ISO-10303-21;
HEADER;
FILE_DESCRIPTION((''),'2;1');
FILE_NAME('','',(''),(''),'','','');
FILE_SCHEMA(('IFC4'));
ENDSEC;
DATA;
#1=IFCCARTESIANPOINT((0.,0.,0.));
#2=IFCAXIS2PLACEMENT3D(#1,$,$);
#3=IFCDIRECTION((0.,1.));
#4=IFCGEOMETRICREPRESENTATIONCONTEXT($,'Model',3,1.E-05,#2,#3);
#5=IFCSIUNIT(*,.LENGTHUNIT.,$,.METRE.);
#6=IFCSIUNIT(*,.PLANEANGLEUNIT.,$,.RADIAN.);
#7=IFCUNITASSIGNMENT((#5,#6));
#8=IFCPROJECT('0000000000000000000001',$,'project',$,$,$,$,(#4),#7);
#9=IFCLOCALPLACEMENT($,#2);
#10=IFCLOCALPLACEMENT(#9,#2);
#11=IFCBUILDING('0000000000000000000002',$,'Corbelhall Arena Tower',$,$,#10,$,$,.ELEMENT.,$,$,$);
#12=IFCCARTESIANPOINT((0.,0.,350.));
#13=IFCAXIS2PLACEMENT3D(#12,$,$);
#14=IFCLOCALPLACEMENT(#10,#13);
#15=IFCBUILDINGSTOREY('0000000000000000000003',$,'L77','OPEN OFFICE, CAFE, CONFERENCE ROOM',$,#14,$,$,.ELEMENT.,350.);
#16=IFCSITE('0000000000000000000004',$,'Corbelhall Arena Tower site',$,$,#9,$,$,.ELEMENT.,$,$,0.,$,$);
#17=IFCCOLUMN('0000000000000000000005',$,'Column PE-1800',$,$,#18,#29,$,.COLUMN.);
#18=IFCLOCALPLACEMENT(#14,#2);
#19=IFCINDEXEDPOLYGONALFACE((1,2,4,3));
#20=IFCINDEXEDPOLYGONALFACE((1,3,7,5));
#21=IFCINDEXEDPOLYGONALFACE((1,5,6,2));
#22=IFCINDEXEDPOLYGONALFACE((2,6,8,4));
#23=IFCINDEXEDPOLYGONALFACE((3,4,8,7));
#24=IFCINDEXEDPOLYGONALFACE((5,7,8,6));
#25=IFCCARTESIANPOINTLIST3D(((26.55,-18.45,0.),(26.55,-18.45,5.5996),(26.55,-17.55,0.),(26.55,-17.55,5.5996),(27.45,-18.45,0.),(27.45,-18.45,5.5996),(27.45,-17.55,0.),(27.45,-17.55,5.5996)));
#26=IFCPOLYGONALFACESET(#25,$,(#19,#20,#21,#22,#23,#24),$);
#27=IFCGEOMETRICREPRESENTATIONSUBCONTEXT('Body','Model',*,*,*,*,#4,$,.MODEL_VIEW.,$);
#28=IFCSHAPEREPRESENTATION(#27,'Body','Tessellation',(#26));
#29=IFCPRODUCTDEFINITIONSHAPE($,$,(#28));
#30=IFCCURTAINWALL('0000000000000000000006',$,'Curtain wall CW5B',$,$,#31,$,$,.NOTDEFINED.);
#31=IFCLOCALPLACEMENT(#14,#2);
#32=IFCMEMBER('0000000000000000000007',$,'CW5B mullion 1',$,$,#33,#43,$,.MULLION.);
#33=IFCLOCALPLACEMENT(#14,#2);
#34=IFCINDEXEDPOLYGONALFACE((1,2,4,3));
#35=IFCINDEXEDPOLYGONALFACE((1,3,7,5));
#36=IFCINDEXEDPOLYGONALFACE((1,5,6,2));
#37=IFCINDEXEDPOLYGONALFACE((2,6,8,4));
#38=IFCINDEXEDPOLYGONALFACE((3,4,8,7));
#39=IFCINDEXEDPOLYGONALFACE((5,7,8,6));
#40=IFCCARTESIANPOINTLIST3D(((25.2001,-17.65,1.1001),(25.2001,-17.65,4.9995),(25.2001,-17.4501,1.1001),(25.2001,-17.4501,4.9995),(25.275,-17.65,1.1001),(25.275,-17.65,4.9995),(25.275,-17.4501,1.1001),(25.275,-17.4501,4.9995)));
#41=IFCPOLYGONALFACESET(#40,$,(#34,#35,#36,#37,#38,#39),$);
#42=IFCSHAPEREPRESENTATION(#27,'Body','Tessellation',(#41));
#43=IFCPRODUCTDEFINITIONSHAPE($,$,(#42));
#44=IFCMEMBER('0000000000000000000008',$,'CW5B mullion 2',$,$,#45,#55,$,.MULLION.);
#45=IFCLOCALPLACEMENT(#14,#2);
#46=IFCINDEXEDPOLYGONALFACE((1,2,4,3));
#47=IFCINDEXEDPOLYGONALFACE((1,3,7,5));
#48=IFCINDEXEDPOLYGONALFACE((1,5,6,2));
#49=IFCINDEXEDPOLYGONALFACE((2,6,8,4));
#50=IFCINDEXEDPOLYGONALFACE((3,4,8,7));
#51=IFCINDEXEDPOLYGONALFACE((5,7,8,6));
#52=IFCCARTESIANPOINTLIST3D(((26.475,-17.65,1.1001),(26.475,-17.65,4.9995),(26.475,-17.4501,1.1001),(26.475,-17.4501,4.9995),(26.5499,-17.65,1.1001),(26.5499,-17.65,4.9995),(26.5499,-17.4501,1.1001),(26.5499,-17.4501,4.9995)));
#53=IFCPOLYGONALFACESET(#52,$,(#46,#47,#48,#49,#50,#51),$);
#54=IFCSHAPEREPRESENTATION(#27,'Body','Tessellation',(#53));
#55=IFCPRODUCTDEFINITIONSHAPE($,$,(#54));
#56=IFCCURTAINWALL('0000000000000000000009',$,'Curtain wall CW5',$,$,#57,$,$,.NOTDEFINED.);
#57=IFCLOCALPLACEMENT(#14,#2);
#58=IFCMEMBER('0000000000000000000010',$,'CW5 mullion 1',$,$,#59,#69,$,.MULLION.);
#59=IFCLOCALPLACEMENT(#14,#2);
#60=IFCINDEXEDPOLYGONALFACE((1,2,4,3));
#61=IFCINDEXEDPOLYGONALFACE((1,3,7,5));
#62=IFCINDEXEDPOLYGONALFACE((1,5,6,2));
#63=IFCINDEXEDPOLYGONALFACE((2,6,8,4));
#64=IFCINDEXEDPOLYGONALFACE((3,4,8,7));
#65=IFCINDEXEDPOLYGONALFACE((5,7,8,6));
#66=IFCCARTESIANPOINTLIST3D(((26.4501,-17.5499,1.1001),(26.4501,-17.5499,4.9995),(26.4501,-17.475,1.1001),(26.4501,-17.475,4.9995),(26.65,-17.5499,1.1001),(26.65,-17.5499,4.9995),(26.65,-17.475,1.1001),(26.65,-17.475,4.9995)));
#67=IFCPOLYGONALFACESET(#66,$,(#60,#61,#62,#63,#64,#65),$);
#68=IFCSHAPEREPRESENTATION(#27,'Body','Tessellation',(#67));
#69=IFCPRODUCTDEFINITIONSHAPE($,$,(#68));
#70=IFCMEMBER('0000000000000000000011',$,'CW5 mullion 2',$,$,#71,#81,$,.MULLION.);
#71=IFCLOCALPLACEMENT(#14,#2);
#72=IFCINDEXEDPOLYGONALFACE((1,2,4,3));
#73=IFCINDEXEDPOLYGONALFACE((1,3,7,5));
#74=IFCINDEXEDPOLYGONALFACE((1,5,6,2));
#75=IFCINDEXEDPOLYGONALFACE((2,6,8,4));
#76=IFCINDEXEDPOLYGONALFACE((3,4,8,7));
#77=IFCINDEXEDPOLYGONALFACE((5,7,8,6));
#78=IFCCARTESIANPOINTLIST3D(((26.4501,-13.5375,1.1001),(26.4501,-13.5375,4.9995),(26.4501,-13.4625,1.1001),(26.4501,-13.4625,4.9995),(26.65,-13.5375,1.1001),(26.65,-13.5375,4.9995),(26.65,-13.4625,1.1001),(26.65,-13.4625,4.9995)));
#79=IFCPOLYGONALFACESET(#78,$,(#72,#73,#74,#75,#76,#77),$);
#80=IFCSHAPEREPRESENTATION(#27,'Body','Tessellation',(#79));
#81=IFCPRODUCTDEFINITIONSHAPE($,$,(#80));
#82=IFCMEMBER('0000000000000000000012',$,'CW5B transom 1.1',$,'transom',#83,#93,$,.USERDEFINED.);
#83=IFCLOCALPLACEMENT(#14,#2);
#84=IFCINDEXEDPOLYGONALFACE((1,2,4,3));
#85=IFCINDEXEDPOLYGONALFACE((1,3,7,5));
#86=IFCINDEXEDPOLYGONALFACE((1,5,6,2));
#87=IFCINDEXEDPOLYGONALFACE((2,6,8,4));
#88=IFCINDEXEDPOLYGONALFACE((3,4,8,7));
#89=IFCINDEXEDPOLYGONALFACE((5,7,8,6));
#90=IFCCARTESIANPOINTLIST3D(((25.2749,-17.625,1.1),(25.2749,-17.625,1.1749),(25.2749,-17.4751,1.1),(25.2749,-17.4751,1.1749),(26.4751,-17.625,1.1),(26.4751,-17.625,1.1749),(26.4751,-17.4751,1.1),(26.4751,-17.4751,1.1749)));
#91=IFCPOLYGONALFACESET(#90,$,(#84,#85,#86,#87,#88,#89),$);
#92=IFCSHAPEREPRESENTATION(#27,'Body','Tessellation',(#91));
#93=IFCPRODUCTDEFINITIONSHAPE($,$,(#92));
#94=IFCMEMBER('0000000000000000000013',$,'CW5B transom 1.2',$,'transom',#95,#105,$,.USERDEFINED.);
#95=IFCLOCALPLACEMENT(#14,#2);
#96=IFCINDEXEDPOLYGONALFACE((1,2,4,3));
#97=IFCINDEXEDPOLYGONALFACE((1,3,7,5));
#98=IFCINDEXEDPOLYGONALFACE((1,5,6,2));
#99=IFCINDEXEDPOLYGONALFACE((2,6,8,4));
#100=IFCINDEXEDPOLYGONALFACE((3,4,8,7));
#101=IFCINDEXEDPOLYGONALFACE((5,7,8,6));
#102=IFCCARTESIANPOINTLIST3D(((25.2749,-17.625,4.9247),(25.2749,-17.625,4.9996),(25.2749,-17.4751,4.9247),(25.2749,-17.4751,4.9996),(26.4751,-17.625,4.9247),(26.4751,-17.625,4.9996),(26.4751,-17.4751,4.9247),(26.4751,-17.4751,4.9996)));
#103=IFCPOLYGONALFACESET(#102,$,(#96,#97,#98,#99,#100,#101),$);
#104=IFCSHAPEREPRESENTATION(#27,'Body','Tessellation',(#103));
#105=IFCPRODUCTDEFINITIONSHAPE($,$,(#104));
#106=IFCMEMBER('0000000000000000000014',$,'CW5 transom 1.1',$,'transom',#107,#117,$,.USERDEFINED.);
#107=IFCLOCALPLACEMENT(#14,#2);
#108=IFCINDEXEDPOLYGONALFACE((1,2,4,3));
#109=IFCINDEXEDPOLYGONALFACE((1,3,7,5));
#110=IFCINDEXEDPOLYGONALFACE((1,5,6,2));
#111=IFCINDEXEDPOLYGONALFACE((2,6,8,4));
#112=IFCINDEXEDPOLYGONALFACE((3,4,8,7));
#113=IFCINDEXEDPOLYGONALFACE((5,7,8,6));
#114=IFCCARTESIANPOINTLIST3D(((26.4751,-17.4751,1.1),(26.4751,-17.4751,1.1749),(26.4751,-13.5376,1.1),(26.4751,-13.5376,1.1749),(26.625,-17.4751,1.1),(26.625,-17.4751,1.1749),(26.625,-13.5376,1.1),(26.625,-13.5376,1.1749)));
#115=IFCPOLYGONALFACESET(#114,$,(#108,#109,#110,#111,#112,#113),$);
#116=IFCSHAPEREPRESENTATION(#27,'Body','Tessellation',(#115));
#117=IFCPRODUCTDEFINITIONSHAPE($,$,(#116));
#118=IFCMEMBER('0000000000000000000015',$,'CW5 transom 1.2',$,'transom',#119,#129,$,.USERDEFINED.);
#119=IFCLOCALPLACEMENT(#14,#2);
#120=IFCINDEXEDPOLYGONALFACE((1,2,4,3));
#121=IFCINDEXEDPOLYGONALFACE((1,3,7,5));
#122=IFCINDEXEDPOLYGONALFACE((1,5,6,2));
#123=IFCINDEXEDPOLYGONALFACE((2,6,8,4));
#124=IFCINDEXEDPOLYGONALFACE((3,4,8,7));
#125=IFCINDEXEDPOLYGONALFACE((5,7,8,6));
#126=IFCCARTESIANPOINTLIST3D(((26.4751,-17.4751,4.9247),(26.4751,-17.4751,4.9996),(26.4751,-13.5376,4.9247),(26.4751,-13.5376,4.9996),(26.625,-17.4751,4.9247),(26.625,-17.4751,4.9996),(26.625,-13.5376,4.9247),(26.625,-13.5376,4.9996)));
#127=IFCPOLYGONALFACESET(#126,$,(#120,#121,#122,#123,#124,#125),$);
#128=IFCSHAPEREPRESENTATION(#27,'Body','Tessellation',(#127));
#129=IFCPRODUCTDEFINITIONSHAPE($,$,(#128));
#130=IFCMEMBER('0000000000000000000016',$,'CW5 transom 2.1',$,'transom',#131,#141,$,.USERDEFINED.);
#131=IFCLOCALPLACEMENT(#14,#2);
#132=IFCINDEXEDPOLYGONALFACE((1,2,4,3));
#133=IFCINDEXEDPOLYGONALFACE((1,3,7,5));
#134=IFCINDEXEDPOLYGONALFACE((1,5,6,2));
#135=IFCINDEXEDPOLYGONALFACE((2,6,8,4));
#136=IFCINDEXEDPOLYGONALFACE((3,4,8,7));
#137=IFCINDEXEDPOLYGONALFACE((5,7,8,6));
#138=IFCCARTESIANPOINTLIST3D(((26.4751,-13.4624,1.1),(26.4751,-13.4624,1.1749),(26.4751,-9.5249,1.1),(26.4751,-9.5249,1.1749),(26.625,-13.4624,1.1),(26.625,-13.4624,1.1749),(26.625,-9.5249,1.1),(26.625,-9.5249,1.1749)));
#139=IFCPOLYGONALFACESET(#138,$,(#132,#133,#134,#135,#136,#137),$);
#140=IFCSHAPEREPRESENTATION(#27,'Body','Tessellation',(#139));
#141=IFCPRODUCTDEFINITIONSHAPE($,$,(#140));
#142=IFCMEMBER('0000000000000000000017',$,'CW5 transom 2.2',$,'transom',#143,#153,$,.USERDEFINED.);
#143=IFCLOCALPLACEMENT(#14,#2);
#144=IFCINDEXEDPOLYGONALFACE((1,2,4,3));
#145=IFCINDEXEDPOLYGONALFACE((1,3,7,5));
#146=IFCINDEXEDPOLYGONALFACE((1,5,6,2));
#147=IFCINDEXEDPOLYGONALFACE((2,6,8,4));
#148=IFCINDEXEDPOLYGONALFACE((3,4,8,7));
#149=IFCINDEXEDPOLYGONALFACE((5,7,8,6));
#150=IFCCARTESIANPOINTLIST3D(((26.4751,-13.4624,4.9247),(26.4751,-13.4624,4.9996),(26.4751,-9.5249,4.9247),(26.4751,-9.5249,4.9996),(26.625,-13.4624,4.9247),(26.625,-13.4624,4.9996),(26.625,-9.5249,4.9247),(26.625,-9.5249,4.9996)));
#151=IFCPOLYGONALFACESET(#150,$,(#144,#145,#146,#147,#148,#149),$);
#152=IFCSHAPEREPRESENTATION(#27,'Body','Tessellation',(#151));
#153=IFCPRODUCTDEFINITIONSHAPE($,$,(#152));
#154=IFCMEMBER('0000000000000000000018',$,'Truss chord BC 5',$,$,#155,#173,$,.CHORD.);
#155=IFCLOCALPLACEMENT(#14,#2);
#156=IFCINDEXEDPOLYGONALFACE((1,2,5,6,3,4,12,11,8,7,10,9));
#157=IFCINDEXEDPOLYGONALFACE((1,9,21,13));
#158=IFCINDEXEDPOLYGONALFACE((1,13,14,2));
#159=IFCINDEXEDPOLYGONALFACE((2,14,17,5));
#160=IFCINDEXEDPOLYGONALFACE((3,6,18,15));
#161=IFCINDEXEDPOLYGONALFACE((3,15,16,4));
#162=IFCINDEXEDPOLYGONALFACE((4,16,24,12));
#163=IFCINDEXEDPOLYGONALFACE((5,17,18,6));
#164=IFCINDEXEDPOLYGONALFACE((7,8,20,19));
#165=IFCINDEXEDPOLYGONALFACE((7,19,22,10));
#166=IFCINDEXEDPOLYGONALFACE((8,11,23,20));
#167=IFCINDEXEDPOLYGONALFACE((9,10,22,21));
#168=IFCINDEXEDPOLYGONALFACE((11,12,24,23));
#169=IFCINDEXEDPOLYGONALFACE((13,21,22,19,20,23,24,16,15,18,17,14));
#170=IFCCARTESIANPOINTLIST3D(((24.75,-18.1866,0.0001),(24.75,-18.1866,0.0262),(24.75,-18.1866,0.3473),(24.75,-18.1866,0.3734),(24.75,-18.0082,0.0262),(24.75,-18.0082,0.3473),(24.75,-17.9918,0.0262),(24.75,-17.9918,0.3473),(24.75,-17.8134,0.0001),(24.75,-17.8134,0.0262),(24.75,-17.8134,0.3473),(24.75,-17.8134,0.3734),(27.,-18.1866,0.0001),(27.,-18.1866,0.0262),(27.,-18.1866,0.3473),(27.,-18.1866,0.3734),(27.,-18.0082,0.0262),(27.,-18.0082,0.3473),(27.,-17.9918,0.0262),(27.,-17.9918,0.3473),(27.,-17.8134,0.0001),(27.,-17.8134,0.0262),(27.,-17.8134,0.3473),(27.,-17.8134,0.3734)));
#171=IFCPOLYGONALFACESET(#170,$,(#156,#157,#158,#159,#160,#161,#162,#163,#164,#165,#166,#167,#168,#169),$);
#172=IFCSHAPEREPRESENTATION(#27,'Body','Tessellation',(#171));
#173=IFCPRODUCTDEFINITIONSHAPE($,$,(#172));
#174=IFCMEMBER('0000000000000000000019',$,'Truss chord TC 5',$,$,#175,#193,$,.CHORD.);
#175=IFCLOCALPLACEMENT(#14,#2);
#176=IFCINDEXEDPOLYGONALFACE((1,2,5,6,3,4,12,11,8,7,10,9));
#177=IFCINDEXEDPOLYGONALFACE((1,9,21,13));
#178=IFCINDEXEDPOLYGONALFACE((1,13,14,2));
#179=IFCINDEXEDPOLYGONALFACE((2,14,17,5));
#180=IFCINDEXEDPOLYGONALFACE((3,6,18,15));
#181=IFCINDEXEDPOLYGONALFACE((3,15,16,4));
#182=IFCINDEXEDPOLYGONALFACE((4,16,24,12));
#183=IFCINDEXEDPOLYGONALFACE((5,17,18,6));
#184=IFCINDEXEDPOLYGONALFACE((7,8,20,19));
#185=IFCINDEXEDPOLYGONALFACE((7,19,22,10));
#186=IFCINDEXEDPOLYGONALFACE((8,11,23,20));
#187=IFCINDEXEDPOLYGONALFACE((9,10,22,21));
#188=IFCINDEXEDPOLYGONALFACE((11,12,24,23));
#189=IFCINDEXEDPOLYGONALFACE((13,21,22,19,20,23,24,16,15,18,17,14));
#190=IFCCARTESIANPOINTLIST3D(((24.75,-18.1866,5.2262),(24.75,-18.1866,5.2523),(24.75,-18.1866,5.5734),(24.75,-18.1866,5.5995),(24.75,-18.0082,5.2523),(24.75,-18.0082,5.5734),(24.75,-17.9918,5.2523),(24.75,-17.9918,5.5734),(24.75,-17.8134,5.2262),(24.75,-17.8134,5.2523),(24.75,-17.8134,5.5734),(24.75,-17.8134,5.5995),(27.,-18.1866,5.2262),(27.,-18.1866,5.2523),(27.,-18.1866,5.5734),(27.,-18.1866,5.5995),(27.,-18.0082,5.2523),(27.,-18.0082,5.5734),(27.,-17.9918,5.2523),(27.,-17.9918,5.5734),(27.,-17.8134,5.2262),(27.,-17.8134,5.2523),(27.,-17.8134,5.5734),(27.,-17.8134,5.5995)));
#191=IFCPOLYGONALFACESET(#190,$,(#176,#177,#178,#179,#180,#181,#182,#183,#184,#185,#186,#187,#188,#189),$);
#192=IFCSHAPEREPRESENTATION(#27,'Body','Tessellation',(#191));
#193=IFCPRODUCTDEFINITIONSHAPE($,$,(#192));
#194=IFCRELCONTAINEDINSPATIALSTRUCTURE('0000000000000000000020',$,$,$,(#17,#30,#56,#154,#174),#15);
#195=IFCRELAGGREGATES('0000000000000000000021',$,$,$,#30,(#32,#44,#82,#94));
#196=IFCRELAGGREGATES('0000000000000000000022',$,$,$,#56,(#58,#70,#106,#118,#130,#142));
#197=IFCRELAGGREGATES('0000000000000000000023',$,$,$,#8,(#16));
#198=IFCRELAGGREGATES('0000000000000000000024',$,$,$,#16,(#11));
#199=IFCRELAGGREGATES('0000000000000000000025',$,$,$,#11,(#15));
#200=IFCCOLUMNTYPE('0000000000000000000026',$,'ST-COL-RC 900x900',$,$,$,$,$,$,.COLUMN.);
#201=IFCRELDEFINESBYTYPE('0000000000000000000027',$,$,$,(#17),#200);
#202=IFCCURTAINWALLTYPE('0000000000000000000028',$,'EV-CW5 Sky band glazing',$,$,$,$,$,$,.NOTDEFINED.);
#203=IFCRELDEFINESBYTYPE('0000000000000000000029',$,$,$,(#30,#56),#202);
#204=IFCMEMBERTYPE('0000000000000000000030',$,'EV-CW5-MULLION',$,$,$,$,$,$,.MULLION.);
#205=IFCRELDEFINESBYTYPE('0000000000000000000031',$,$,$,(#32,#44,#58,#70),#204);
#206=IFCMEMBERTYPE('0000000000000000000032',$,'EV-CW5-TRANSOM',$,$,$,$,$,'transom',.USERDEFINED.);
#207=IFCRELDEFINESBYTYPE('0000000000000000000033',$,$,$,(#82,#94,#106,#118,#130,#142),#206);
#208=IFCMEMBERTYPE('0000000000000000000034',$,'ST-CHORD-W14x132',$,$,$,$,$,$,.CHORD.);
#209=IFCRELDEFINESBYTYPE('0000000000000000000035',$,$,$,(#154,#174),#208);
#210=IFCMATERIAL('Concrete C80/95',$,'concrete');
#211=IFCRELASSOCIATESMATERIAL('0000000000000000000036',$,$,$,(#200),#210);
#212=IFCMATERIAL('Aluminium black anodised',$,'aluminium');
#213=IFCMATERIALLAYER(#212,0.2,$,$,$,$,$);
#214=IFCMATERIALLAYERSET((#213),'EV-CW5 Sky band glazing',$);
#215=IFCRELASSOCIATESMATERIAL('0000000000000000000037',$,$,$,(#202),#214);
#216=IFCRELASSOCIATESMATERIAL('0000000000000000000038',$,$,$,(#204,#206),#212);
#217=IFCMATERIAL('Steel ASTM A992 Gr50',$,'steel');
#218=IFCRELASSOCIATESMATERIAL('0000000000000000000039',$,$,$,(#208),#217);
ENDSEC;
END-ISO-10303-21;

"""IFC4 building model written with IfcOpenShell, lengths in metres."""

from ifc_helpers import new_model, si_unit, direction, frame, origin, origin_2d, place, context, subcontext, project, spatial, rectangle, i_section, extrude, material, layer, layer_set, material_profile, profile_set, type_object, element, aggregate, save


model = new_model("IFC4")

# Units and contexts
model_context = context("Model", 3, precision=1e-05, world=origin(), true_north=direction((0.0, 1.0)))
body_context = subcontext(model_context, "Body", "Model", "MODEL_VIEW")
ifc_project = project(units=[si_unit("LENGTHUNIT", "METRE"), si_unit("PLANEANGLEUNIT", "RADIAN")], contexts=[model_context])

# Site, building, storey
site_placement = place(None, origin())
site = spatial("IfcSite", under=ifc_project, at=site_placement, Name="Corbelhall Arena Tower site", CompositionType="ELEMENT", RefElevation=0.0)
building_placement = place(site_placement, origin())
building = spatial("IfcBuilding", under=site, at=building_placement, Name="Corbelhall Arena Tower", CompositionType="ELEMENT")
storey_placement = place(building_placement, frame((0.0, 0.0, 350.0)))
storey = spatial("IfcBuildingStorey", under=building, at=storey_placement, Name="L77", Description="OPEN OFFICE, CAFE, CONFERENCE ROOM", CompositionType="ELEMENT", Elevation=350.0)

# Column
ifc_material_1 = material(Name="Concrete C80/95", Category="concrete")
ifc_material_profile_1 = material_profile(ifc_material_1, rectangle(XDim=0.8999, YDim=0.8999, at=origin_2d()))
ifc_profile_set_1 = profile_set([ifc_material_profile_1], Name="Concrete C80/95")
column_type = type_object("IfcColumnType", Name="ST-COL-RC 900x900", PredefinedType="COLUMN", material=ifc_profile_set_1)
column_placement = place(storey_placement, frame((27.0, -18.0, 0.0), z_axis=(0.0, 0.0, 1.0), x_axis=(0.0, 1.0, 0.0)))
element("IfcColumn", 1, at=column_placement, inside=storey, type_object=column_type, Name="Column PE-1800", PredefinedType="COLUMN", context=body_context, shape_type="SweptSolid", body=[
    extrude(rectangle(XDim=0.8999, YDim=0.8999, at=origin_2d()), origin(), (0.0, 0.0, 1.0), 5.5996),
])

# Curtain walls, members
ifc_material_2 = material(Name="Aluminium black anodised", Category="aluminium")
ifc_layer_1 = layer(ifc_material_2, 0.2)
ifc_layer_set_1 = layer_set([ifc_layer_1], Name="EV-CW5 Sky band glazing")
curtain_wall_type = type_object("IfcCurtainWallType", Name="EV-CW5 Sky band glazing", PredefinedType="NOTDEFINED", material=ifc_layer_set_1)
curtain_wall_1_placement = place(storey_placement, origin())
curtain_wall_1 = element("IfcCurtainWall", 2, at=curtain_wall_1_placement, inside=storey, type_object=curtain_wall_type, Name="Curtain wall CW5B", PredefinedType="NOTDEFINED")
ifc_material_profile_2 = material_profile(ifc_material_2, rectangle(XDim=0.2, YDim=0.075, at=origin_2d()))
ifc_profile_set_2 = profile_set([ifc_material_profile_2], Name="Aluminium black anodised")
member_type_1 = type_object("IfcMemberType", Name="EV-CW5-MULLION", PredefinedType="MULLION", material=ifc_profile_set_2)
member_1_placement = place(storey_placement, frame((25.2375, -17.55, 1.1001), z_axis=(0.0, 0.0, 1.0), x_axis=(0.0, 1.0, 0.0)))
member_1 = element("IfcMember", 3, at=member_1_placement, type_object=member_type_1, Name="CW5B mullion 1", PredefinedType="MULLION", context=body_context, shape_type="SweptSolid", body=[
    extrude(rectangle(XDim=0.2, YDim=0.075, at=origin_2d()), origin(), (0.0, 0.0, 1.0), 3.8994),
])
member_2_placement = place(storey_placement, frame((26.5125, -17.55, 1.1001), z_axis=(0.0, 0.0, 1.0), x_axis=(0.0, 1.0, 0.0)))
member_2 = element("IfcMember", 4, at=member_2_placement, type_object=member_type_1, Name="CW5B mullion 2", PredefinedType="MULLION", context=body_context, shape_type="SweptSolid", body=[
    extrude(rectangle(XDim=0.2, YDim=0.075, at=origin_2d()), origin(), (0.0, 0.0, 1.0), 3.8994),
])
curtain_wall_2_placement = place(storey_placement, origin())
curtain_wall_2 = element("IfcCurtainWall", 5, at=curtain_wall_2_placement, inside=storey, type_object=curtain_wall_type, Name="Curtain wall CW5", PredefinedType="NOTDEFINED")
member_3_placement = place(storey_placement, frame((26.55, -17.5125, 1.1001), z_axis=(0.0, 0.0, 1.0), x_axis=(-1.0, 0.0, 0.0)))
member_3 = element("IfcMember", 6, at=member_3_placement, type_object=member_type_1, Name="CW5 mullion 1", PredefinedType="MULLION", context=body_context, shape_type="SweptSolid", body=[
    extrude(rectangle(XDim=0.2, YDim=0.075, at=origin_2d()), origin(), (0.0, 0.0, 1.0), 3.8994),
])
member_4_placement = place(storey_placement, frame((26.55, -13.5, 1.1001), z_axis=(0.0, 0.0, 1.0), x_axis=(-1.0, 0.0, 0.0)))
member_4 = element("IfcMember", 7, at=member_4_placement, type_object=member_type_1, Name="CW5 mullion 2", PredefinedType="MULLION", context=body_context, shape_type="SweptSolid", body=[
    extrude(rectangle(XDim=0.2, YDim=0.075, at=origin_2d()), origin(), (0.0, 0.0, 1.0), 3.8994),
])

# Members
ifc_material_profile_3 = material_profile(ifc_material_2, rectangle(XDim=0.1499, YDim=0.075, at=origin_2d()))
ifc_profile_set_3 = profile_set([ifc_material_profile_3], Name="Aluminium black anodised")
member_type_2 = type_object("IfcMemberType", Name="EV-CW5-TRANSOM", ElementType="transom", PredefinedType="USERDEFINED", material=ifc_profile_set_3)
member_5_placement = place(storey_placement, frame((25.2749, -17.55, 1.1375), z_axis=(1.0, 0.0, 0.0), x_axis=(0.0, 1.0, 0.0)))
member_5 = element("IfcMember", 8, at=member_5_placement, type_object=member_type_2, Name="CW5B transom 1.1", ObjectType="transom", PredefinedType="USERDEFINED", context=body_context, shape_type="SweptSolid", body=[
    extrude(rectangle(XDim=0.1499, YDim=0.075, at=origin_2d()), origin(), (0.0, 0.0, 1.0), 1.2002),
])
member_6_placement = place(storey_placement, frame((25.2749, -17.55, 4.9622), z_axis=(1.0, 0.0, 0.0), x_axis=(0.0, 1.0, 0.0)))
member_6 = element("IfcMember", 9, at=member_6_placement, type_object=member_type_2, Name="CW5B transom 1.2", ObjectType="transom", PredefinedType="USERDEFINED", context=body_context, shape_type="SweptSolid", body=[
    extrude(rectangle(XDim=0.1499, YDim=0.075, at=origin_2d()), origin(), (0.0, 0.0, 1.0), 1.2002),
])
member_7_placement = place(storey_placement, frame((26.55, -17.4751, 1.1375), z_axis=(0.0, 1.0, 0.0), x_axis=(-1.0, 0.0, 0.0)))
member_7 = element("IfcMember", 10, at=member_7_placement, type_object=member_type_2, Name="CW5 transom 1.1", ObjectType="transom", PredefinedType="USERDEFINED", context=body_context, shape_type="SweptSolid", body=[
    extrude(rectangle(XDim=0.1499, YDim=0.075, at=origin_2d()), origin(), (0.0, 0.0, 1.0), 3.9375),
])
member_8_placement = place(storey_placement, frame((26.55, -17.4751, 4.9622), z_axis=(0.0, 1.0, 0.0), x_axis=(-1.0, 0.0, 0.0)))
member_8 = element("IfcMember", 11, at=member_8_placement, type_object=member_type_2, Name="CW5 transom 1.2", ObjectType="transom", PredefinedType="USERDEFINED", context=body_context, shape_type="SweptSolid", body=[
    extrude(rectangle(XDim=0.1499, YDim=0.075, at=origin_2d()), origin(), (0.0, 0.0, 1.0), 3.9375),
])
member_9_placement = place(storey_placement, frame((26.55, -13.4624, 1.1375), z_axis=(0.0, 1.0, 0.0), x_axis=(-1.0, 0.0, 0.0)))
member_9 = element("IfcMember", 12, at=member_9_placement, type_object=member_type_2, Name="CW5 transom 2.1", ObjectType="transom", PredefinedType="USERDEFINED", context=body_context, shape_type="SweptSolid", body=[
    extrude(rectangle(XDim=0.1499, YDim=0.075, at=origin_2d()), origin(), (0.0, 0.0, 1.0), 3.9375),
])
member_10_placement = place(storey_placement, frame((26.55, -13.4624, 4.9622), z_axis=(0.0, 1.0, 0.0), x_axis=(-1.0, 0.0, 0.0)))
member_10 = element("IfcMember", 13, at=member_10_placement, type_object=member_type_2, Name="CW5 transom 2.2", ObjectType="transom", PredefinedType="USERDEFINED", context=body_context, shape_type="SweptSolid", body=[
    extrude(rectangle(XDim=0.1499, YDim=0.075, at=origin_2d()), origin(), (0.0, 0.0, 1.0), 3.9375),
])

# Members
ifc_material_3 = material(Name="Steel ASTM A992 Gr50", Category="steel")
ifc_material_profile_4 = material_profile(ifc_material_3, i_section(OverallWidth=0.3733, OverallDepth=0.3733, WebThickness=0.0164, FlangeThickness=0.0261, at=origin_2d()))
ifc_profile_set_4 = profile_set([ifc_material_profile_4], Name="Steel ASTM A992 Gr50")
member_type_3 = type_object("IfcMemberType", Name="ST-CHORD-W14x132", PredefinedType="CHORD", material=ifc_profile_set_4)
for number, where, z_axis, x_axis, name in (
    (14, (27.0, -18.0, 0.1868), (-1.0, 0.0, 0.0), (0.0, -1.0, 0.0), "Truss chord BC 5"),
    (15, (27.0, -18.0, 5.4128), (-1.0, 0.0, 0.0), (0.0, -1.0, 0.0), "Truss chord TC 5"),
):
    element("IfcMember", number, at=place(storey_placement, frame(where, z_axis=z_axis, x_axis=x_axis)), inside=storey, type_object=member_type_3, Name=name, PredefinedType="CHORD", context=body_context, shape_type="SweptSolid", body=[
        extrude(i_section(OverallWidth=0.3733, OverallDepth=0.3733, WebThickness=0.0164, FlangeThickness=0.0261, at=origin_2d()), origin(), (0.0, 0.0, 1.0), 2.25),
    ])

aggregate(curtain_wall_1, [member_1, member_2, member_5, member_6])
aggregate(curtain_wall_2, [member_3, member_4, member_7, member_8, member_9, member_10])

save(model, "model.ifc")
